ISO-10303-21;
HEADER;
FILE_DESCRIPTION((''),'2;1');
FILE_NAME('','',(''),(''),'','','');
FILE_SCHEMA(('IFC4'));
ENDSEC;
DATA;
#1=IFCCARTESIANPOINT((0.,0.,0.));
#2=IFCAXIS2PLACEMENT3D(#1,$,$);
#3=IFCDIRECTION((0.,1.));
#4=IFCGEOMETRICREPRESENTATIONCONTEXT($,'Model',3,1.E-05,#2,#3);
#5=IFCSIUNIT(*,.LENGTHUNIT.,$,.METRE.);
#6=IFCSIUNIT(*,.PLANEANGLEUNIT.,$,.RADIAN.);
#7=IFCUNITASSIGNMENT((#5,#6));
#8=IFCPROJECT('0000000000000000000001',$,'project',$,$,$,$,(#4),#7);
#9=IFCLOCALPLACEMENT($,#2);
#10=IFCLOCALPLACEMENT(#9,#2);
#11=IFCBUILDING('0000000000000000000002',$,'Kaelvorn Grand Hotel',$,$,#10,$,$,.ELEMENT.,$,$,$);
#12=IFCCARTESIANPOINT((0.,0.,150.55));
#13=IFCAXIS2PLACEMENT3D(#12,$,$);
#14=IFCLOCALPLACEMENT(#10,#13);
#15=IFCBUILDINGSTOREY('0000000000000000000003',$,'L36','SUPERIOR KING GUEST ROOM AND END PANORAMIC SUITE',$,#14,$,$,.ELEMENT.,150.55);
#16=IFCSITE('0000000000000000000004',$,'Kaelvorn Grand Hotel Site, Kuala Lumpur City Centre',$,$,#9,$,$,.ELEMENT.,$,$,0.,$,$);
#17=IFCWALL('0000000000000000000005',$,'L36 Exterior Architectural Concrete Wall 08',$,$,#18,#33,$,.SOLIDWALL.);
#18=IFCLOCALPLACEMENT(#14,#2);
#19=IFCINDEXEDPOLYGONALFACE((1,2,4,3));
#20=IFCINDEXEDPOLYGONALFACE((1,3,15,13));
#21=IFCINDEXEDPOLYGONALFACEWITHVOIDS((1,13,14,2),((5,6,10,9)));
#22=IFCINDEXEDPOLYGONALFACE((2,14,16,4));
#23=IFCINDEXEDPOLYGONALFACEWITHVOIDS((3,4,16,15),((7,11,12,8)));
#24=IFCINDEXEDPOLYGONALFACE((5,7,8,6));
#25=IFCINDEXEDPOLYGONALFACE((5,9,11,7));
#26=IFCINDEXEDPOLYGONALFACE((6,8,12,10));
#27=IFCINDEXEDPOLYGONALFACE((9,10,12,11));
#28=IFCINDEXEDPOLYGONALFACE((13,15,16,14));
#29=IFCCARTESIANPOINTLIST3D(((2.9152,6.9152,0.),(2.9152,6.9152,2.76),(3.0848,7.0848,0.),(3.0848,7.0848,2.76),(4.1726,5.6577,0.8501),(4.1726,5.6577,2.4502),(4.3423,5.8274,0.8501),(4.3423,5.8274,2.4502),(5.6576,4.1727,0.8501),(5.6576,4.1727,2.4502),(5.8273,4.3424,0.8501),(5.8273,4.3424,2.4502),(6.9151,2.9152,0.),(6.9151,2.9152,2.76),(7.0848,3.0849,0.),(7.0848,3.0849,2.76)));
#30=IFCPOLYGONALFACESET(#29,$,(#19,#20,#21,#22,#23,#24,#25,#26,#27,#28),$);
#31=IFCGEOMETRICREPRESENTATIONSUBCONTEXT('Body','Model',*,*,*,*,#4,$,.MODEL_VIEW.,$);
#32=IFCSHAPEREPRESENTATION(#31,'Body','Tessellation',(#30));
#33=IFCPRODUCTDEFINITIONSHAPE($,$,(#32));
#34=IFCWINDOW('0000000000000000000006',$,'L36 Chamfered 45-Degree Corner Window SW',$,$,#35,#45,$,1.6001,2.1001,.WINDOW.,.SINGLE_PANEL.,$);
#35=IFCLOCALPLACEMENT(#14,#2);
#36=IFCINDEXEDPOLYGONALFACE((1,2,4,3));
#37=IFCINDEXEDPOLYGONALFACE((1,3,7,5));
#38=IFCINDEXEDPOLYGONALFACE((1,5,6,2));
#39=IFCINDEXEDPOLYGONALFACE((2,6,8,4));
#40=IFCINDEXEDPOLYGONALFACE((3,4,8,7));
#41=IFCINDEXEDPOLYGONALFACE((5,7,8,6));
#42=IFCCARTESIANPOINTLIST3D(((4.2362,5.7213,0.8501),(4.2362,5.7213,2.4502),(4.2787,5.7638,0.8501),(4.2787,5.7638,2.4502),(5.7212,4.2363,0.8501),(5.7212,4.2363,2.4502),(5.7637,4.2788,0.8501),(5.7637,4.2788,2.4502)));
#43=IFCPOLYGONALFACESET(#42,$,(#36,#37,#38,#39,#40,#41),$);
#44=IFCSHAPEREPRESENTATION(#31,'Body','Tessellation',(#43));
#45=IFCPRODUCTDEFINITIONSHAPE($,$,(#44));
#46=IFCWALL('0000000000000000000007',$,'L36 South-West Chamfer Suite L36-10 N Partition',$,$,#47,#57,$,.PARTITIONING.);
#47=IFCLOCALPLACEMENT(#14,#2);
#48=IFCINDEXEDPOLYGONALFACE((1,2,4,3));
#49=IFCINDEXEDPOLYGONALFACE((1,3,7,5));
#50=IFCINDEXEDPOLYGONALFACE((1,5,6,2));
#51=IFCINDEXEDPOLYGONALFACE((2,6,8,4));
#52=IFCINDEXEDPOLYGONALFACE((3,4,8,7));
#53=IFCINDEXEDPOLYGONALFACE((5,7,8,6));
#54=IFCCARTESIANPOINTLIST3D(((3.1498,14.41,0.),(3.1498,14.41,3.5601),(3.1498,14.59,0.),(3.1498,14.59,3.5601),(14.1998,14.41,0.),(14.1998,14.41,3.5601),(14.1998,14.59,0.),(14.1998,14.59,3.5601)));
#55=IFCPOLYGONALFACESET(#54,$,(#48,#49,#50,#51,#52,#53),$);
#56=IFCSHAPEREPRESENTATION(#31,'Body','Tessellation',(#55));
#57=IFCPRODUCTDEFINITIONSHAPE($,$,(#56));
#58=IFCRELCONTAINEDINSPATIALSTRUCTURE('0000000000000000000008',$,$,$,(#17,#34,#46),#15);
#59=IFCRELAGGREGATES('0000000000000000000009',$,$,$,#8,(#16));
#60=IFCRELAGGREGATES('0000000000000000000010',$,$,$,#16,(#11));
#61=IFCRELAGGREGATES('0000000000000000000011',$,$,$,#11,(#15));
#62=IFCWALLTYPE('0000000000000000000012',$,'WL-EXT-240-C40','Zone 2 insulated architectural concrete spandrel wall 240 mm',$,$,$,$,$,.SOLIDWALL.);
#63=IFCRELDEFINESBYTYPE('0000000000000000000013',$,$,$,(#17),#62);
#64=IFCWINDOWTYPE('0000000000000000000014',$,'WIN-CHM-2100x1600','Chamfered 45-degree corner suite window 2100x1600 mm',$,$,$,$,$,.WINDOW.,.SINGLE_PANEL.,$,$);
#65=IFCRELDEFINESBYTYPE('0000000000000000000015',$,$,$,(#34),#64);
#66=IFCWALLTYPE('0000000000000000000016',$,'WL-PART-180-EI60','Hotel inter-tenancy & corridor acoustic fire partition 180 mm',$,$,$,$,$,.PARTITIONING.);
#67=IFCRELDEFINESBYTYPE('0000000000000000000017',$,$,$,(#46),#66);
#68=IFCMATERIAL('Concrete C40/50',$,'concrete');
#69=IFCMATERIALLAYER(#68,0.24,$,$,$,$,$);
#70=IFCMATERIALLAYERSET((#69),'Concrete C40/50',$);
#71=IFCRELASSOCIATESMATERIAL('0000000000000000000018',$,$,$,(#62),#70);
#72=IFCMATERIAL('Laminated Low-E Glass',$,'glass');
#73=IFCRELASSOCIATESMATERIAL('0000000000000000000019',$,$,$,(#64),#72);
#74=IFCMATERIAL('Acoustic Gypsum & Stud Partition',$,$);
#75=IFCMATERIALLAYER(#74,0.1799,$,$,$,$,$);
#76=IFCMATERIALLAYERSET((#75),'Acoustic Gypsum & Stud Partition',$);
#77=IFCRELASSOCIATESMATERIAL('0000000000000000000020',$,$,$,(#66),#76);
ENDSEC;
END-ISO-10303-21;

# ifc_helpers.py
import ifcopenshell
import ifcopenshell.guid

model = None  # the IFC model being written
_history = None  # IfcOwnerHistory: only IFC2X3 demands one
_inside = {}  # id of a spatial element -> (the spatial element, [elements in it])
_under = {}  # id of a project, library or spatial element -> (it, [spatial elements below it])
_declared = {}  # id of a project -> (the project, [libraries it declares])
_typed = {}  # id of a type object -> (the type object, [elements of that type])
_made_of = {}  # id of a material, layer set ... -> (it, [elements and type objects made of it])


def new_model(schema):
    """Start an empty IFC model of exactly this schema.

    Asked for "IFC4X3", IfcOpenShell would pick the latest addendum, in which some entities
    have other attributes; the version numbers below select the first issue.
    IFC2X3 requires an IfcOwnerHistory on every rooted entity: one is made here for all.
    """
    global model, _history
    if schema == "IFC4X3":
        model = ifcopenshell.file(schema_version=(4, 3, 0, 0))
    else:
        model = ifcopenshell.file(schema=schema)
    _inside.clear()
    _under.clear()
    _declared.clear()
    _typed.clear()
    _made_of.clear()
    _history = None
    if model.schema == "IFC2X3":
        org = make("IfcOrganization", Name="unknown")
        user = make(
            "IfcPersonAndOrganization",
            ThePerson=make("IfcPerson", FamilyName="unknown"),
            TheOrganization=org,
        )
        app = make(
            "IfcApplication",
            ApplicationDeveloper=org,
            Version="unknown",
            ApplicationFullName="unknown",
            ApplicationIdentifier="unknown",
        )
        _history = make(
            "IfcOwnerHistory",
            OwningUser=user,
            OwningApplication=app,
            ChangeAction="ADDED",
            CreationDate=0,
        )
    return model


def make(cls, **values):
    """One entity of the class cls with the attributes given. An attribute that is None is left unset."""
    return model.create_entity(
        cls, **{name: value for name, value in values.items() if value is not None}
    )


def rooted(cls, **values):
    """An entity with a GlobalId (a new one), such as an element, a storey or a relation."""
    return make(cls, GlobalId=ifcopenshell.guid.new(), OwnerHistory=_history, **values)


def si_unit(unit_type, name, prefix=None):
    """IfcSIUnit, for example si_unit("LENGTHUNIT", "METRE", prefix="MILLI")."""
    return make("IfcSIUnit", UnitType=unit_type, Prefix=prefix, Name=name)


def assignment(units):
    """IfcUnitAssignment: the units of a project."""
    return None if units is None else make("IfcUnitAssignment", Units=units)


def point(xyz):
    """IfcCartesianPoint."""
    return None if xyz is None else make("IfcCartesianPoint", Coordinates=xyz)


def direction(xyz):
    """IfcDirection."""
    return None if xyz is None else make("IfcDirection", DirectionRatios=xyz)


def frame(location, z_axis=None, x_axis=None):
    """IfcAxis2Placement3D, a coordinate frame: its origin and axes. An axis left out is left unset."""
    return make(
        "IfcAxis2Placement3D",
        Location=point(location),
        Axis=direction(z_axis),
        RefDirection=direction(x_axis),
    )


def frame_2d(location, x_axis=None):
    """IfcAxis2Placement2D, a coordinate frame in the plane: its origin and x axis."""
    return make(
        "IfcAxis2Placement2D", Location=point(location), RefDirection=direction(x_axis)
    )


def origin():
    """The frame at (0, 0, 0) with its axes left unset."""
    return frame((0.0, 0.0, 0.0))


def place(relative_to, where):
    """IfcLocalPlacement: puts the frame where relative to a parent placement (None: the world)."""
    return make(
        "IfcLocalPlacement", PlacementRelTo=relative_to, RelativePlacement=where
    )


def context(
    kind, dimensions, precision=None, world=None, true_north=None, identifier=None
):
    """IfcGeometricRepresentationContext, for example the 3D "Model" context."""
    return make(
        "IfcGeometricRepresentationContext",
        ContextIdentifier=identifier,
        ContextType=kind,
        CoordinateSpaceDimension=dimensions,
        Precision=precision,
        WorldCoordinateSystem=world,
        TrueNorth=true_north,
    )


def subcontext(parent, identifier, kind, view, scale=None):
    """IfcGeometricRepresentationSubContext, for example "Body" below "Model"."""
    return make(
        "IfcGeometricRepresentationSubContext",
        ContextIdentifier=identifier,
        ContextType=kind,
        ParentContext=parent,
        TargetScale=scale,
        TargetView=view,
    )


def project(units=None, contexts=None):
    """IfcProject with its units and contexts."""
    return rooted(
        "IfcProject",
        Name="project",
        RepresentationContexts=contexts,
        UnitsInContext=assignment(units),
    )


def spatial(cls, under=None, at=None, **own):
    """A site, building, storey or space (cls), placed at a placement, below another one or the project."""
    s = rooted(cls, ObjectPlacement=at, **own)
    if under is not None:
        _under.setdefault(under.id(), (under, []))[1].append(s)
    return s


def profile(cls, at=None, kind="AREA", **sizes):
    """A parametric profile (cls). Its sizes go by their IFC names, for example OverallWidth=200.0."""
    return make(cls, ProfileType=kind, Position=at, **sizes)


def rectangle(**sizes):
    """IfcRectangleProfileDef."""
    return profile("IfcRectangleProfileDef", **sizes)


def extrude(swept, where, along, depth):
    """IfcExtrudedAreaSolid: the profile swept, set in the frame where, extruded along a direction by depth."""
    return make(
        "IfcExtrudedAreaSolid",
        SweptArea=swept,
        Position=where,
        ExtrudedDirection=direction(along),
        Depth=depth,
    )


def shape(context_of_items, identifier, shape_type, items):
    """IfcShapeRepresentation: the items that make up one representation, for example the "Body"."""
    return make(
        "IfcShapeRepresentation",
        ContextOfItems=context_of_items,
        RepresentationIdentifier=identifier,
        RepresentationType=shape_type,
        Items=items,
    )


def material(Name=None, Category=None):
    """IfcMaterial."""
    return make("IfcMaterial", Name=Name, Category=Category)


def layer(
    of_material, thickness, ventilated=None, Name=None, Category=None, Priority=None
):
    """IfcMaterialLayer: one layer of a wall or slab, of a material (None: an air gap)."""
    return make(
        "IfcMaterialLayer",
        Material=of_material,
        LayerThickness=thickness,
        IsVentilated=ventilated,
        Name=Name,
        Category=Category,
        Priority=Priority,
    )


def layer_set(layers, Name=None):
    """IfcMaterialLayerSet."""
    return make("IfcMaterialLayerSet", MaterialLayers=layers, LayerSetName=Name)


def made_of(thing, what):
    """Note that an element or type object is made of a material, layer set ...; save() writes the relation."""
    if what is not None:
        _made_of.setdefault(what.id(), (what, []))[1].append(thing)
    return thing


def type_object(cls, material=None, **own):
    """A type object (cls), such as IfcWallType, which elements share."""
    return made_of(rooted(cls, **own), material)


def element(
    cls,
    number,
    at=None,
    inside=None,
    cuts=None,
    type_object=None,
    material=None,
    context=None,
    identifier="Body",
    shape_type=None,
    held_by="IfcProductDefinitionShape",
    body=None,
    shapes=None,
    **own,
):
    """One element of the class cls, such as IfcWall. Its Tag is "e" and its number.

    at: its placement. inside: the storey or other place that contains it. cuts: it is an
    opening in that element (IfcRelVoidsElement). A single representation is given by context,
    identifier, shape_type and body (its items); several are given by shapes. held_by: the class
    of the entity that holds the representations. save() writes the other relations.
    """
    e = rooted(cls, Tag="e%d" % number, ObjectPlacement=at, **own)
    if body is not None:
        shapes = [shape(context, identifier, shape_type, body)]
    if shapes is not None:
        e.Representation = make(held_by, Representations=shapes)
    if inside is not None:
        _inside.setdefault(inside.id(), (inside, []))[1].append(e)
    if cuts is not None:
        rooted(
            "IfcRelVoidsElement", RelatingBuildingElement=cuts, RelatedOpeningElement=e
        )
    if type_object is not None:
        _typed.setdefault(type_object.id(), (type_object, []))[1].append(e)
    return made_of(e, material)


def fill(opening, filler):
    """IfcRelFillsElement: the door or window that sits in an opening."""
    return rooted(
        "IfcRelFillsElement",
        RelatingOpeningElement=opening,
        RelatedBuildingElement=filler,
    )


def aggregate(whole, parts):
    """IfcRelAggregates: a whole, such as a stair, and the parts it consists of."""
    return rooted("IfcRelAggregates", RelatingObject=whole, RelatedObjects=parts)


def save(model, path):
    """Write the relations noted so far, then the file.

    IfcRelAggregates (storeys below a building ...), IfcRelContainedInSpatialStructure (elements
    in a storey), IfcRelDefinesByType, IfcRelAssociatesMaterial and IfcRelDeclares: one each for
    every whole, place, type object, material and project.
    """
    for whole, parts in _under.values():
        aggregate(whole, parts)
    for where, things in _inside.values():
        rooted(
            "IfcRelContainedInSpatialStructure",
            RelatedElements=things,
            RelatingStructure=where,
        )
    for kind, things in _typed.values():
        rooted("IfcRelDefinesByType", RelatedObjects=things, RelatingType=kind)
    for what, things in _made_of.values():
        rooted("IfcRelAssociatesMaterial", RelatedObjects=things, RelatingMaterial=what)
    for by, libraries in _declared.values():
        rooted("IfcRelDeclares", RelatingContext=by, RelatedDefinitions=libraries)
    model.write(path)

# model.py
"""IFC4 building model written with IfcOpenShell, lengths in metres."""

from ifc_helpers import new_model, si_unit, direction, frame, frame_2d, origin, place, context, subcontext, project, spatial, rectangle, extrude, material, layer, layer_set, type_object, element, fill, save


model = new_model("IFC4")

# Units and contexts
model_context = context("Model", 3, precision=1e-05, world=origin(), true_north=direction((0.0, 1.0)))
body_context = subcontext(model_context, "Body", "Model", "MODEL_VIEW")
ifc_project = project(units=[si_unit("LENGTHUNIT", "METRE"), si_unit("PLANEANGLEUNIT", "RADIAN")], contexts=[model_context])

# Site, building, storey
site_placement = place(None, origin())
site = spatial("IfcSite", under=ifc_project, at=site_placement, Name="Kaelvorn Grand Hotel Site, Kuala Lumpur City Centre", CompositionType="ELEMENT", RefElevation=0.0)
building_placement = place(site_placement, origin())
building = spatial("IfcBuilding", under=site, at=building_placement, Name="Kaelvorn Grand Hotel", CompositionType="ELEMENT")
storey_placement = place(building_placement, frame((0.0, 0.0, 150.55)))
storey = spatial("IfcBuildingStorey", under=building, at=storey_placement, Name="L36", Description="SUPERIOR KING GUEST ROOM AND END PANORAMIC SUITE", CompositionType="ELEMENT", Elevation=150.55)

# Wall, opening, window
ifc_material_1 = material(Name="Concrete C40/50", Category="concrete")
ifc_layer_1 = layer(ifc_material_1, 0.24)
ifc_layer_set_1 = layer_set([ifc_layer_1], Name="Concrete C40/50")
wall_type_1 = type_object("IfcWallType", Name="WL-EXT-240-C40", Description="Zone 2 insulated architectural concrete spandrel wall 240 mm", PredefinedType="SOLIDWALL", material=ifc_layer_set_1)
wall_1_placement = place(storey_placement, frame((3.0, 7.0, 0.0), z_axis=(0.0, 0.0, 1.0), x_axis=(0.707107, -0.707107, 0.0)))
wall_1 = element("IfcWall", 1, at=wall_1_placement, inside=storey, type_object=wall_type_1, Name="L36 Exterior Architectural Concrete Wall 08", PredefinedType="SOLIDWALL", context=body_context, shape_type="SweptSolid", body=[
    extrude(rectangle(XDim=5.6567, YDim=0.24, at=frame_2d((2.8284, 0.0))), origin(), (0.0, 0.0, 1.0), 2.76),
])
opening_placement = place(wall_1_placement, frame((1.7783, 0.0, 0.8501)))
opening = element("IfcOpeningElement", 2, at=opening_placement, cuts=wall_1, PredefinedType="OPENING", context=body_context, shape_type="SweptSolid", body=[
    extrude(rectangle(XDim=2.1001, YDim=1.6001, at=frame_2d((1.05, 0.8))), frame((0.0, 0.1299, 0.0), z_axis=(0.0, -1.0, 0.0), x_axis=(1.0, 0.0, 0.0)), (0.0, 0.0, 1.0), 0.26),
])
ifc_material_2 = material(Name="Laminated Low-E Glass", Category="glass")
window_type = type_object("IfcWindowType", Name="WIN-CHM-2100x1600", Description="Chamfered 45-degree corner suite window 2100x1600 mm", PartitioningType="SINGLE_PANEL", PredefinedType="WINDOW", material=ifc_material_2)
window_placement = place(opening_placement, origin())
window = element("IfcWindow", 3, at=window_placement, inside=storey, type_object=window_type, Name="L36 Chamfered 45-Degree Corner Window SW", OverallHeight=1.6001, OverallWidth=2.1001, PartitioningType="SINGLE_PANEL", PredefinedType="WINDOW", context=body_context, shape_type="SweptSolid", body=[
    extrude(rectangle(XDim=2.1001, YDim=1.6001, at=frame_2d((1.05, 0.8))), frame((0.0, 0.03, 0.0), z_axis=(0.0, -1.0, 0.0), x_axis=(1.0, 0.0, 0.0)), (0.0, 0.0, 1.0), 0.0601),
])
fill(opening, window)

# Wall
ifc_material_3 = material(Name="Acoustic Gypsum & Stud Partition")
ifc_layer_2 = layer(ifc_material_3, 0.1799)
ifc_layer_set_2 = layer_set([ifc_layer_2], Name="Acoustic Gypsum & Stud Partition")
wall_type_2 = type_object("IfcWallType", Name="WL-PART-180-EI60", Description="Hotel inter-tenancy & corridor acoustic fire partition 180 mm", PredefinedType="PARTITIONING", material=ifc_layer_set_2)
wall_2_placement = place(storey_placement, frame((3.1499, 14.5, 0.0), z_axis=(0.0, 0.0, 1.0), x_axis=(1.0, 0.0, 0.0)))
element("IfcWall", 4, at=wall_2_placement, inside=storey, type_object=wall_type_2, Name="L36 South-West Chamfer Suite L36-10 N Partition", PredefinedType="PARTITIONING", context=body_context, shape_type="SweptSolid", body=[
    extrude(rectangle(XDim=11.05, YDim=0.1799, at=frame_2d((5.5249, 0.0))), origin(), (0.0, 0.0, 1.0), 3.5601),
])

save(model, "model.ifc")
